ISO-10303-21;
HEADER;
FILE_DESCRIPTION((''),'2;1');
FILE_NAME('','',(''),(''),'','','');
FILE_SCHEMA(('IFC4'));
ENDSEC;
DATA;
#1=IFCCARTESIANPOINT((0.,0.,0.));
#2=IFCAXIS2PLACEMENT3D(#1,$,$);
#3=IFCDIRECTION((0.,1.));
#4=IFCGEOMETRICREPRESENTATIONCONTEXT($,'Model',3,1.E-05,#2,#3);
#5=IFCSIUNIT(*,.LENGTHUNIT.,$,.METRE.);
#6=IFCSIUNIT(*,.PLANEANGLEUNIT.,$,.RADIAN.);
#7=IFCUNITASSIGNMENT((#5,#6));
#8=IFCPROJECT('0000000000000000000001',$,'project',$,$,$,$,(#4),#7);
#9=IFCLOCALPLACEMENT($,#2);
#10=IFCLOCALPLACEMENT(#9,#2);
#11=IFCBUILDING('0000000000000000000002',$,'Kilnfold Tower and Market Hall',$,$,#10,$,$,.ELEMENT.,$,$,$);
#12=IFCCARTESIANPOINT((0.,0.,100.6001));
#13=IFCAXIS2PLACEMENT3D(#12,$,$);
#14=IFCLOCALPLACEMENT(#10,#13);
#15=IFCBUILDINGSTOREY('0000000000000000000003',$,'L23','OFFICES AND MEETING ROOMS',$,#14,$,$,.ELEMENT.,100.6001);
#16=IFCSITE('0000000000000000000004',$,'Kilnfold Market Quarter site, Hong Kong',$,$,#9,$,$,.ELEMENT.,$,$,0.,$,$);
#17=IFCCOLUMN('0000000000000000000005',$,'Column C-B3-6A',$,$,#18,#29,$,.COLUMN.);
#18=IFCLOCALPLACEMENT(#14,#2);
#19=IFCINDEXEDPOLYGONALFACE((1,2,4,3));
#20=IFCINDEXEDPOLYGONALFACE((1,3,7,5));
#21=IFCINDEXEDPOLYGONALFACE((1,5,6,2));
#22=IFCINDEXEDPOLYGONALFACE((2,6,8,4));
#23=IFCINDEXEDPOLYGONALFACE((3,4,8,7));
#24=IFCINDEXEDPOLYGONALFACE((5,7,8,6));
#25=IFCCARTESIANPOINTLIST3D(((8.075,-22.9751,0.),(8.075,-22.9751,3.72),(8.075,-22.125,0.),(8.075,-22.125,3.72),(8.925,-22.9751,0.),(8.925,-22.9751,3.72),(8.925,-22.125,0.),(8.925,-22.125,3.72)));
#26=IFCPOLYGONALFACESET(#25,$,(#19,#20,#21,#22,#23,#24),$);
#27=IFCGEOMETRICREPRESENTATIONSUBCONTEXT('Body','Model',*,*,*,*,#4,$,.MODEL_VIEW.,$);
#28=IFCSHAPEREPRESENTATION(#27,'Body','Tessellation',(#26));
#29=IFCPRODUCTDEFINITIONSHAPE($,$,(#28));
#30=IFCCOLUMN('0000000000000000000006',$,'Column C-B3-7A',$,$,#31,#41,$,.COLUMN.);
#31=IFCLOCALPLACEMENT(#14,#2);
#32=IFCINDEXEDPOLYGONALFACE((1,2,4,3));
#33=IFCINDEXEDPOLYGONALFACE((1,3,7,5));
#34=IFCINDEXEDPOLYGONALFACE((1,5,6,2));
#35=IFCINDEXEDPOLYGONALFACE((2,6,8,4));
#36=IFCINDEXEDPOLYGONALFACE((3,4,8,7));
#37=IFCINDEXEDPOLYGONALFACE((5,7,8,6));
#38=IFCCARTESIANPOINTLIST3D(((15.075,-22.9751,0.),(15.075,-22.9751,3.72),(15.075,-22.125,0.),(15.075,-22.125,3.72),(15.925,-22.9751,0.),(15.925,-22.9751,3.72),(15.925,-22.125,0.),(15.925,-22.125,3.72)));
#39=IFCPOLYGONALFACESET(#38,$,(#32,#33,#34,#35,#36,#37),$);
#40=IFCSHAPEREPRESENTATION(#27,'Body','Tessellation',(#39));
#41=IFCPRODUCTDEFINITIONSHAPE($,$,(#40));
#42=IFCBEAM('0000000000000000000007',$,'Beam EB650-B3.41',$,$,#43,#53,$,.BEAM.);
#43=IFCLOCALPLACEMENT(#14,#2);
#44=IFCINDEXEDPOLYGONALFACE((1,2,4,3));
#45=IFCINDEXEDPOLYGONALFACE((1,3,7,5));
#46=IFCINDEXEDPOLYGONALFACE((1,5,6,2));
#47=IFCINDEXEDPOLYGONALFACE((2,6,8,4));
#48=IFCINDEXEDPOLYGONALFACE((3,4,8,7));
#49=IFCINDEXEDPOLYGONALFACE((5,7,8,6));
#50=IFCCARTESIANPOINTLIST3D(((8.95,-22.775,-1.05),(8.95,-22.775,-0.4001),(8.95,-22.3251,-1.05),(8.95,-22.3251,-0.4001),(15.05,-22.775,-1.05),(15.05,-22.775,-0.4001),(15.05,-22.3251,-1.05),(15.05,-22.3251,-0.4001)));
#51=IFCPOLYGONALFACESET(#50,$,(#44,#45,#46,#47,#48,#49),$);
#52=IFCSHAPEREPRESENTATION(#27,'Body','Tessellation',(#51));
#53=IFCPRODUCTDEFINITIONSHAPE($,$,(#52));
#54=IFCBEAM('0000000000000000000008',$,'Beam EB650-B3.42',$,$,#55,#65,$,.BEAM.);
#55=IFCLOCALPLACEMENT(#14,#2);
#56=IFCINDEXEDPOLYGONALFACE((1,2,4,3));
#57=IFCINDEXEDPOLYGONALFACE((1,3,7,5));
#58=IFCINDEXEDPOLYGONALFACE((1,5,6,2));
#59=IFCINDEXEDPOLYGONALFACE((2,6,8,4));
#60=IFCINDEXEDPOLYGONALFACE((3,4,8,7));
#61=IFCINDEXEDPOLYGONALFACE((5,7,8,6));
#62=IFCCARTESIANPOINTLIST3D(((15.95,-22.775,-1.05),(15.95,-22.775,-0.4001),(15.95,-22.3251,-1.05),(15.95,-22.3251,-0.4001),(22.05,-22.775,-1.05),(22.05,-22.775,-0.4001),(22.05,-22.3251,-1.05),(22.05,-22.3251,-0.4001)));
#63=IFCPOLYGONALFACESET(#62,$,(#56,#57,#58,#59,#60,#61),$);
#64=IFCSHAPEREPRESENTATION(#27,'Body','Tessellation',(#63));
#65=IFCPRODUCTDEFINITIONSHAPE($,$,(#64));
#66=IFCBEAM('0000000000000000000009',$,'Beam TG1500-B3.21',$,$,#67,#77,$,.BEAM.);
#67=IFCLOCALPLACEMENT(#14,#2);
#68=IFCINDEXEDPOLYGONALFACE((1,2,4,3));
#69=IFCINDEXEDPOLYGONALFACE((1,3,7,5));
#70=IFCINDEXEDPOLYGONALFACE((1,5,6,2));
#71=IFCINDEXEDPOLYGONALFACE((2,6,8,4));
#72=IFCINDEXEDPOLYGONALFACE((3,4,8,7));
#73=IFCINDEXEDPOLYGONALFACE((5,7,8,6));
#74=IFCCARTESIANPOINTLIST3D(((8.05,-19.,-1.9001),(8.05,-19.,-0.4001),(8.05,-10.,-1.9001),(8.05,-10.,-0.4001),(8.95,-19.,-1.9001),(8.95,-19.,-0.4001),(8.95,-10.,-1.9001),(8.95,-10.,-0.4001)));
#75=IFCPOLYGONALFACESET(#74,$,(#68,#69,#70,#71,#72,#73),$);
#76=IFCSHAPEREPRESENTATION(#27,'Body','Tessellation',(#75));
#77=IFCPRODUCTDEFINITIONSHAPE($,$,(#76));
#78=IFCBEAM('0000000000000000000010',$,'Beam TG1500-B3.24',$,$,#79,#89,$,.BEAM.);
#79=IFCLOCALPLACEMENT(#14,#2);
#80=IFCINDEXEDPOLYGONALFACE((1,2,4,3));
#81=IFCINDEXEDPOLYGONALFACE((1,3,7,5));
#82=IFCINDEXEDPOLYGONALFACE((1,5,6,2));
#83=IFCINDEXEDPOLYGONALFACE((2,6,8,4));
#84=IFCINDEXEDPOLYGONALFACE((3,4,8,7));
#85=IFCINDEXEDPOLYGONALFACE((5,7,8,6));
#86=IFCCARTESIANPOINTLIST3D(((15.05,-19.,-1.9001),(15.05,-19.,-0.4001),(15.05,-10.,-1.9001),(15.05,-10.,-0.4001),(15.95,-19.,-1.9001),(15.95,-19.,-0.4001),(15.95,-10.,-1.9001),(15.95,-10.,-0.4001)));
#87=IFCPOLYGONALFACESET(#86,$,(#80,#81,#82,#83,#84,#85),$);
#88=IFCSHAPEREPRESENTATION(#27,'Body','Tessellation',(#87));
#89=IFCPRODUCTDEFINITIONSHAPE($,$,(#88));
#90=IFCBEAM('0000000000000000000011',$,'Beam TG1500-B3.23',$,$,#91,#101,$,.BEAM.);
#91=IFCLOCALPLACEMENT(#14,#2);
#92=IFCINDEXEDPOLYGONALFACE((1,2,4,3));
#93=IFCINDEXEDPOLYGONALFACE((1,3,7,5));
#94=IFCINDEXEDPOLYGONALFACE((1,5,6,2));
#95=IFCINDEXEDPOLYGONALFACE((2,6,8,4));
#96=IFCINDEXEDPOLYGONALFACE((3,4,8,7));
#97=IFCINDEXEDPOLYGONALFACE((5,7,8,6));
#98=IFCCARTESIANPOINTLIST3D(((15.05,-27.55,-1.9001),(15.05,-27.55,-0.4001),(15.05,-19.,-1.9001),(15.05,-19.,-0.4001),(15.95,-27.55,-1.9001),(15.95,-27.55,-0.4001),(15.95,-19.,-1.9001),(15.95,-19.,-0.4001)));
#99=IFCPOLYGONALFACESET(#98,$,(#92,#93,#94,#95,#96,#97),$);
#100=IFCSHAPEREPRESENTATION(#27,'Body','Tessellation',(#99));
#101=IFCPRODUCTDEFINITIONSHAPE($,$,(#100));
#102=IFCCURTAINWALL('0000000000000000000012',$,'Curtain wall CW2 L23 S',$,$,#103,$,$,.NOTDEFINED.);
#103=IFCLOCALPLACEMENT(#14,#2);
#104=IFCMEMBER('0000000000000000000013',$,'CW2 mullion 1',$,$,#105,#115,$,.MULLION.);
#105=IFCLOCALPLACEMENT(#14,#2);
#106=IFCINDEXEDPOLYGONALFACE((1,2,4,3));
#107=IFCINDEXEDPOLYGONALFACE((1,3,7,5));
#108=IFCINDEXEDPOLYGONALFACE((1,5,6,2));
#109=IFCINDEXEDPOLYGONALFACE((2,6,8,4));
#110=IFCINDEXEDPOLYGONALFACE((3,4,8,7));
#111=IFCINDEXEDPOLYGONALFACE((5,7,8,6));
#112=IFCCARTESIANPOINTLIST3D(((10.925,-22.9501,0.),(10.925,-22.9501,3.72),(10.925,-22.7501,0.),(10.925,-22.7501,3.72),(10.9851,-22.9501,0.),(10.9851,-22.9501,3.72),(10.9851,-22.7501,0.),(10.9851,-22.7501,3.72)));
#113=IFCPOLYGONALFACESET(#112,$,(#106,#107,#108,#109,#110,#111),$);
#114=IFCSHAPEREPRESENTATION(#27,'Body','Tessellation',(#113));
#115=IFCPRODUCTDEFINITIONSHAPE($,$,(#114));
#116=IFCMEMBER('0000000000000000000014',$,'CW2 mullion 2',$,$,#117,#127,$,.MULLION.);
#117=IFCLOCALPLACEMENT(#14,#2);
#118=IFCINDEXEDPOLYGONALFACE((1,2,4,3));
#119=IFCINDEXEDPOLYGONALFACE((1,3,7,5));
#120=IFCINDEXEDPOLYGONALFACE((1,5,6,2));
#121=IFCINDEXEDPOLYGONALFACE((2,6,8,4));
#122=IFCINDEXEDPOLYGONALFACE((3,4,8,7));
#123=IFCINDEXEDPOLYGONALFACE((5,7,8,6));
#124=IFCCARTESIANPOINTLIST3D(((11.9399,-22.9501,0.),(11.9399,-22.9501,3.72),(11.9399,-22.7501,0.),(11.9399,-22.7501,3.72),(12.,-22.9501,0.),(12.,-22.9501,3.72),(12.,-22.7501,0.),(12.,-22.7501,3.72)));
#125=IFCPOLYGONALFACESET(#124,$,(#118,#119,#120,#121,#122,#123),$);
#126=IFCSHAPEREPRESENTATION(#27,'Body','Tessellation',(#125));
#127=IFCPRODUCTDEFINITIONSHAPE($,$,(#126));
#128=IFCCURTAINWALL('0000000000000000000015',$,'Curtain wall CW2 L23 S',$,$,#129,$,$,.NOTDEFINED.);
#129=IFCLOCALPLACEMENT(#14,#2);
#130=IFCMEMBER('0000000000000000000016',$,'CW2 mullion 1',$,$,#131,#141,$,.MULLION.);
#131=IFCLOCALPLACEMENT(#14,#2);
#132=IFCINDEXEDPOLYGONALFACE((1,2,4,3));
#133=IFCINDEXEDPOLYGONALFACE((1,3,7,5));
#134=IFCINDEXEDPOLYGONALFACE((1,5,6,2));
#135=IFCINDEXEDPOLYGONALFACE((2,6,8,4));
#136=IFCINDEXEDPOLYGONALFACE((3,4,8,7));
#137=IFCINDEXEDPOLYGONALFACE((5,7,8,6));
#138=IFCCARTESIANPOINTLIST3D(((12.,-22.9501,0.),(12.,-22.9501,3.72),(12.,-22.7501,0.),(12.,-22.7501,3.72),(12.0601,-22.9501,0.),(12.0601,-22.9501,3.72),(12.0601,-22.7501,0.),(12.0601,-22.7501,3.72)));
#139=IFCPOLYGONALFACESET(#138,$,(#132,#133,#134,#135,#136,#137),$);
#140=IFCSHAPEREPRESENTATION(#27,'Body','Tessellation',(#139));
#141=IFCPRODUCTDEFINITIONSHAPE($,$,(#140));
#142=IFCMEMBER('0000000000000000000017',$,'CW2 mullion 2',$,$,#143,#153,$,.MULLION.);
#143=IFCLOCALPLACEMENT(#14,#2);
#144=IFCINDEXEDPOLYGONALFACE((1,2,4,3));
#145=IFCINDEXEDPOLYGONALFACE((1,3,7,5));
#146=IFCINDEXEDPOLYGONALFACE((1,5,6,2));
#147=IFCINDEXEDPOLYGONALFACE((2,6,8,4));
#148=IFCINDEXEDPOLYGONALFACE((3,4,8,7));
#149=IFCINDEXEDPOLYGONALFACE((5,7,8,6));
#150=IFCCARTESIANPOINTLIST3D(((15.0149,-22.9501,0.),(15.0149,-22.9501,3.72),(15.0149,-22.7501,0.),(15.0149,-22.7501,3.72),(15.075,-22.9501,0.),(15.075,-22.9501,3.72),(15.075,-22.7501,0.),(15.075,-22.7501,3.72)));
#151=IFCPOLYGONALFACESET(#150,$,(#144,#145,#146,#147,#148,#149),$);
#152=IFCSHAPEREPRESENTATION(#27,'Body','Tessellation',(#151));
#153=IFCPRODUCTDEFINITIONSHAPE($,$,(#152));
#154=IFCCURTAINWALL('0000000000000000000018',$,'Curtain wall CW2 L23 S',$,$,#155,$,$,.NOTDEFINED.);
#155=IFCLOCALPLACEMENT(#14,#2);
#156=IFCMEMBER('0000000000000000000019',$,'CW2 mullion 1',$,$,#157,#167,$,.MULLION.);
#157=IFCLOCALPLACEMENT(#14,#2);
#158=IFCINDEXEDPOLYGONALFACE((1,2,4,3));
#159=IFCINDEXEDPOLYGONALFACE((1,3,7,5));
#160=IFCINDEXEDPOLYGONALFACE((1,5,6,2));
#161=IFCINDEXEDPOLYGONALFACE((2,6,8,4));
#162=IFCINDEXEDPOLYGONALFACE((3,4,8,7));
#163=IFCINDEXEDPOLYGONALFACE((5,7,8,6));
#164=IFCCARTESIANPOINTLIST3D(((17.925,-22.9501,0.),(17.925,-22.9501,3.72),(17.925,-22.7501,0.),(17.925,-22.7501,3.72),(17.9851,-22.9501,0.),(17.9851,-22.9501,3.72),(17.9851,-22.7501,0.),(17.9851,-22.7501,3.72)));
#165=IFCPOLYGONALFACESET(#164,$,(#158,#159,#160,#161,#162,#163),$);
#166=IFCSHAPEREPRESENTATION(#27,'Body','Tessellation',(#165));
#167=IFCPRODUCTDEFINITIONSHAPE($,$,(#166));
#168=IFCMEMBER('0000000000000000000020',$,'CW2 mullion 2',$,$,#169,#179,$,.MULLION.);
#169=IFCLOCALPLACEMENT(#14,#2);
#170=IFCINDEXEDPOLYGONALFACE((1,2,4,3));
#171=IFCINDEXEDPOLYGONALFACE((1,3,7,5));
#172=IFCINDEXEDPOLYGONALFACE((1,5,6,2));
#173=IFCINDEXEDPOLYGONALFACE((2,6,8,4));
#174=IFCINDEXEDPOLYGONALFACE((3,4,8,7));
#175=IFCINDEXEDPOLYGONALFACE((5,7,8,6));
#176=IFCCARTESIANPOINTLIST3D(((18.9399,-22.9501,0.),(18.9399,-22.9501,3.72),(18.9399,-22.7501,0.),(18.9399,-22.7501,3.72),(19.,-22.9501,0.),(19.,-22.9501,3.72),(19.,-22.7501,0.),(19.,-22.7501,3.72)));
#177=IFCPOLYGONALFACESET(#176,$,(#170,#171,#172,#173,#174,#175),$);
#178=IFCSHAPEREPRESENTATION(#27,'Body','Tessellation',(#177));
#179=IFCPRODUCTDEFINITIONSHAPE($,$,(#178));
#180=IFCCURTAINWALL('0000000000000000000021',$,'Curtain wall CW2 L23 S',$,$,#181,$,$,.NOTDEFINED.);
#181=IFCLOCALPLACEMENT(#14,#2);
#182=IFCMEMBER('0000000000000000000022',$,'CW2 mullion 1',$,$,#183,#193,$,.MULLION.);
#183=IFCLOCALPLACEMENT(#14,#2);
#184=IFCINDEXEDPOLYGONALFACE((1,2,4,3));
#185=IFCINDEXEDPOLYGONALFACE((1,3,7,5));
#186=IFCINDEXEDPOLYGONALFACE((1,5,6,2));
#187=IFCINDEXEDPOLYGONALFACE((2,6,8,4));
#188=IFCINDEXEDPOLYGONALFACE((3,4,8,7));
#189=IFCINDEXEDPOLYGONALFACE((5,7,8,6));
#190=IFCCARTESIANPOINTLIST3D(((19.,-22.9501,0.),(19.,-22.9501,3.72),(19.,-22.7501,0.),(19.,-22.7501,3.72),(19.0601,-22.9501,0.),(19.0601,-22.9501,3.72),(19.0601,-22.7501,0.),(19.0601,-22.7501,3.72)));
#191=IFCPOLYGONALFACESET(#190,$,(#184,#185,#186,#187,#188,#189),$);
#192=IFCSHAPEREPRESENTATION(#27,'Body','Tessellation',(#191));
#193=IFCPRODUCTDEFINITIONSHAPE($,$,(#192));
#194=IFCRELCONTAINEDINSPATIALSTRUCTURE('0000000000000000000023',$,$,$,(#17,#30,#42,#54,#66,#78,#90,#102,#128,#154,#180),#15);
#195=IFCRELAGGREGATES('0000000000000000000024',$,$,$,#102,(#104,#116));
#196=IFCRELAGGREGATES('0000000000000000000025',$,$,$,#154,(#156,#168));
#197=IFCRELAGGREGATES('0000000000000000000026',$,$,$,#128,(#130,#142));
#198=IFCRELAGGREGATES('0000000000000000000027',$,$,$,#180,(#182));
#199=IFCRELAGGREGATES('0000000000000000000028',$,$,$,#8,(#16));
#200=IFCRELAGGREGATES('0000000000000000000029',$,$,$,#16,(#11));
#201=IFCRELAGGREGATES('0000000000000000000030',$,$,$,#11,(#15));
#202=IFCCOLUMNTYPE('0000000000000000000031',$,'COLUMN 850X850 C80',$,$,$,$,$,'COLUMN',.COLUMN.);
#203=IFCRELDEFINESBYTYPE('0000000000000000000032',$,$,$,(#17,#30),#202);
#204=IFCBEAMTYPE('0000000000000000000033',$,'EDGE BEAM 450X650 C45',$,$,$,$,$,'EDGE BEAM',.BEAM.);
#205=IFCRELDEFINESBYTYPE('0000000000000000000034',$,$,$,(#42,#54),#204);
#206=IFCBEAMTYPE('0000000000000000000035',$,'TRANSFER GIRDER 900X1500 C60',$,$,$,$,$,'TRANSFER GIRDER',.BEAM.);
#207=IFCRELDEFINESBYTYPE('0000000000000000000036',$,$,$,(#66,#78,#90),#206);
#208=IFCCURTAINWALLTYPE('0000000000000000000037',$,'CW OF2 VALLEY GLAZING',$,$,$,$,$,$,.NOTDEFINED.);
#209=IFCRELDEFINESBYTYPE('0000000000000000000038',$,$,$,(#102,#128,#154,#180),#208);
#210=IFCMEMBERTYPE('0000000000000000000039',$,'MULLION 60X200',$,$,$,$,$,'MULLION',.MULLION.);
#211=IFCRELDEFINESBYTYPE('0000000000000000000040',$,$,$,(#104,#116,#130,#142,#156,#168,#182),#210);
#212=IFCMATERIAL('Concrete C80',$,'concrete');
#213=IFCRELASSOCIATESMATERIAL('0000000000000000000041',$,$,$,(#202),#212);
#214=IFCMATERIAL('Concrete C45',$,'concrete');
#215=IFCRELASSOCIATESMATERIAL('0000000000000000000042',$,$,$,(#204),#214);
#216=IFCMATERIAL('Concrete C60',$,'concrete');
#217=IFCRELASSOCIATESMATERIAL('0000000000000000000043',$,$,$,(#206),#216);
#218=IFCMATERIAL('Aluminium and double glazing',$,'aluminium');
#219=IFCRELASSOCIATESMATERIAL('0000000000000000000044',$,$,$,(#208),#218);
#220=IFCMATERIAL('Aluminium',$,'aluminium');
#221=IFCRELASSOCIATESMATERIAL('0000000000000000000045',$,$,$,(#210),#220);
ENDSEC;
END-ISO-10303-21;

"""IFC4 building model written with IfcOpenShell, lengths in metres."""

from ifc_helpers import new_model, si_unit, direction, frame, origin, origin_2d, place, context, subcontext, project, spatial, rectangle, extrude, source, transform, mapped, material, material_profile, profile_set, type_object, element, aggregate, save


model = new_model("IFC4")

# Units and contexts
model_context = context("Model", 3, precision=1e-05, world=origin(), true_north=direction((0.0, 1.0)))
body_context = subcontext(model_context, "Body", "Model", "MODEL_VIEW")
ifc_project = project(units=[si_unit("LENGTHUNIT", "METRE"), si_unit("PLANEANGLEUNIT", "RADIAN")], contexts=[model_context])

# Site, building, storey
site_placement = place(None, origin())
site = spatial("IfcSite", under=ifc_project, at=site_placement, Name="Kilnfold Market Quarter site, Hong Kong", CompositionType="ELEMENT", RefElevation=0.0)
building_placement = place(site_placement, origin())
building = spatial("IfcBuilding", under=site, at=building_placement, Name="Kilnfold Tower and Market Hall", CompositionType="ELEMENT")
storey_placement = place(building_placement, frame((0.0, 0.0, 100.6001)))
storey = spatial("IfcBuildingStorey", under=building, at=storey_placement, Name="L23", Description="OFFICES AND MEETING ROOMS", CompositionType="ELEMENT", Elevation=100.6001)

# Columns
ifc_material_1 = material(Name="Concrete C80", Category="concrete")
ifc_material_profile_1 = material_profile(ifc_material_1, rectangle(XDim=0.8501, YDim=0.8501, at=origin_2d()), Name="RC 850x850")
ifc_profile_set_1 = profile_set([ifc_material_profile_1], Name="Concrete C80")
column_type = type_object("IfcColumnType", Name="COLUMN 850X850 C80", ElementType="COLUMN", PredefinedType="COLUMN", material=ifc_profile_set_1)
shared_shape_1 = source(origin(), body_context, "Body", "SweptSolid", [
    extrude(rectangle(XDim=0.8501, YDim=0.8501, at=origin_2d()), origin(), (0.0, 0.0, 1.0), 3.72),
])
for number, where, z_axis, x_axis, name in (
    (1, (8.5, -22.55, 0.0), (0.0, 0.0, 1.0), (1.0, 0.0, 0.0), "Column C-B3-6A"),
    (2, (15.5, -22.55, 0.0), (0.0, 0.0, 1.0), (1.0, 0.0, 0.0), "Column C-B3-7A"),
):
    element("IfcColumn", number, at=place(storey_placement, frame(where, z_axis=z_axis, x_axis=x_axis)), inside=storey, type_object=column_type, Name=name, PredefinedType="COLUMN", context=body_context, shape_type="MappedRepresentation", body=[
        mapped(shared_shape_1, transform((0.0, 0.0, 0.0))),
    ])

# Beams
ifc_material_2 = material(Name="Concrete C45", Category="concrete")
ifc_material_profile_2 = material_profile(ifc_material_2, rectangle(XDim=0.45, YDim=0.6499, at=origin_2d()), Name="RC 450x650")
ifc_profile_set_2 = profile_set([ifc_material_profile_2], Name="Concrete C45")
beam_type_1 = type_object("IfcBeamType", Name="EDGE BEAM 450X650 C45", ElementType="EDGE BEAM", PredefinedType="BEAM", material=ifc_profile_set_2)
shared_shape_2 = source(origin(), body_context, "Body", "SweptSolid", [
    extrude(rectangle(XDim=0.45, YDim=0.6499, at=origin_2d()), origin(), (0.0, 0.0, 1.0), 6.1001),
])
for number, where, z_axis, x_axis, name in (
    (3, (8.95, -22.55, -0.7251), (1.0, 0.0, 0.0), (0.0, 1.0, 0.0), "Beam EB650-B3.41"),
    (4, (15.95, -22.55, -0.7251), (1.0, 0.0, 0.0), (0.0, 1.0, 0.0), "Beam EB650-B3.42"),
):
    element("IfcBeam", number, at=place(storey_placement, frame(where, z_axis=z_axis, x_axis=x_axis)), inside=storey, type_object=beam_type_1, Name=name, PredefinedType="BEAM", context=body_context, shape_type="MappedRepresentation", body=[
        mapped(shared_shape_2, transform((0.0, 0.0, 0.0))),
    ])
ifc_material_3 = material(Name="Concrete C60", Category="concrete")
ifc_material_profile_3 = material_profile(ifc_material_3, rectangle(XDim=0.8999, YDim=1.5, at=origin_2d()), Name="RC 900x1500")
ifc_profile_set_3 = profile_set([ifc_material_profile_3], Name="Concrete C60")
beam_type_2 = type_object("IfcBeamType", Name="TRANSFER GIRDER 900X1500 C60", ElementType="TRANSFER GIRDER", PredefinedType="BEAM", material=ifc_profile_set_3)
shared_shape_3 = source(origin(), body_context, "Body", "SweptSolid", [
    extrude(rectangle(XDim=0.8999, YDim=1.5, at=origin_2d()), origin(), (0.0, 0.0, 1.0), 9.0),
])
for number, where, z_axis, x_axis, name in (
    (5, (8.5, -19.0, -1.1501), (0.0, 1.0, 0.0), (-1.0, 0.0, 0.0), "Beam TG1500-B3.21"),
    (6, (15.5, -19.0, -1.1501), (0.0, 1.0, 0.0), (-1.0, 0.0, 0.0), "Beam TG1500-B3.24"),
):
    element("IfcBeam", number, at=place(storey_placement, frame(where, z_axis=z_axis, x_axis=x_axis)), inside=storey, type_object=beam_type_2, Name=name, PredefinedType="BEAM", context=body_context, shape_type="MappedRepresentation", body=[
        mapped(shared_shape_3, transform((0.0, 0.0, 0.0))),
    ])
shared_shape_4 = source(origin(), body_context, "Body", "SweptSolid", [
    extrude(rectangle(XDim=0.8999, YDim=1.5, at=origin_2d()), origin(), (0.0, 0.0, 1.0), 8.55),
])
beam_placement = place(storey_placement, frame((15.5, -27.55, -1.1501), z_axis=(0.0, 1.0, 0.0), x_axis=(-1.0, 0.0, 0.0)))
element("IfcBeam", 7, at=beam_placement, inside=storey, type_object=beam_type_2, Name="Beam TG1500-B3.23", PredefinedType="BEAM", context=body_context, shape_type="MappedRepresentation", body=[
    mapped(shared_shape_4, transform((0.0, 0.0, 0.0))),
])

# Curtain walls, members
ifc_material_4 = material(Name="Aluminium and double glazing", Category="aluminium")
curtain_wall_type = type_object("IfcCurtainWallType", Name="CW OF2 VALLEY GLAZING", PredefinedType="NOTDEFINED", material=ifc_material_4)
curtain_wall_1_placement = place(storey_placement, origin())
curtain_wall_1 = element("IfcCurtainWall", 8, at=curtain_wall_1_placement, inside=storey, type_object=curtain_wall_type, Name="Curtain wall CW2 L23 S", PredefinedType="NOTDEFINED")
ifc_material_5 = material(Name="Aluminium", Category="aluminium")
ifc_material_profile_4 = material_profile(ifc_material_5, rectangle(XDim=0.0601, YDim=0.2, at=origin_2d()), Name="MULLION 60x200")
ifc_profile_set_4 = profile_set([ifc_material_profile_4], Name="Aluminium")
member_type_1 = type_object("IfcMemberType", Name="MULLION 60X200", ElementType="MULLION", PredefinedType="MULLION", material=ifc_profile_set_4)
shared_shape_5 = source(origin(), body_context, "Body", "SweptSolid", [
    extrude(rectangle(XDim=0.0601, YDim=0.2, at=origin_2d()), origin(), (0.0, 0.0, 1.0), 3.72),
])
member_1_placement = place(storey_placement, frame((10.9551, -22.8501, 0.0), z_axis=(0.0, 0.0, 1.0), x_axis=(1.0, 0.0, 0.0)))
member_1 = element("IfcMember", 9, at=member_1_placement, type_object=member_type_1, Name="CW2 mullion 1", PredefinedType="MULLION", context=body_context, shape_type="MappedRepresentation", body=[
    mapped(shared_shape_5, transform((0.0, 0.0, 0.0))),
])
member_2_placement = place(storey_placement, frame((11.97, -22.8501, 0.0), z_axis=(0.0, 0.0, 1.0), x_axis=(1.0, 0.0, 0.0)))
member_2 = element("IfcMember", 10, at=member_2_placement, type_object=member_type_1, Name="CW2 mullion 2", PredefinedType="MULLION", context=body_context, shape_type="MappedRepresentation", body=[
    mapped(shared_shape_5, transform((0.0, 0.0, 0.0))),
])
curtain_wall_2_placement = place(storey_placement, origin())
curtain_wall_2 = element("IfcCurtainWall", 11, at=curtain_wall_2_placement, inside=storey, type_object=curtain_wall_type, Name="Curtain wall CW2 L23 S", PredefinedType="NOTDEFINED")
member_3_placement = place(storey_placement, frame((12.03, -22.8501, 0.0), z_axis=(0.0, 0.0, 1.0), x_axis=(1.0, 0.0, 0.0)))
member_3 = element("IfcMember", 12, at=member_3_placement, type_object=member_type_1, Name="CW2 mullion 1", PredefinedType="MULLION", context=body_context, shape_type="MappedRepresentation", body=[
    mapped(shared_shape_5, transform((0.0, 0.0, 0.0))),
])
member_4_placement = place(storey_placement, frame((15.0449, -22.8501, 0.0), z_axis=(0.0, 0.0, 1.0), x_axis=(1.0, 0.0, 0.0)))
member_4 = element("IfcMember", 13, at=member_4_placement, type_object=member_type_1, Name="CW2 mullion 2", PredefinedType="MULLION", context=body_context, shape_type="MappedRepresentation", body=[
    mapped(shared_shape_5, transform((0.0, 0.0, 0.0))),
])
curtain_wall_3_placement = place(storey_placement, origin())
curtain_wall_3 = element("IfcCurtainWall", 14, at=curtain_wall_3_placement, inside=storey, type_object=curtain_wall_type, Name="Curtain wall CW2 L23 S", PredefinedType="NOTDEFINED")
member_5_placement = place(storey_placement, frame((17.9551, -22.8501, 0.0), z_axis=(0.0, 0.0, 1.0), x_axis=(1.0, 0.0, 0.0)))
member_5 = element("IfcMember", 15, at=member_5_placement, type_object=member_type_1, Name="CW2 mullion 1", PredefinedType="MULLION", context=body_context, shape_type="MappedRepresentation", body=[
    mapped(shared_shape_5, transform((0.0, 0.0, 0.0))),
])
member_6_placement = place(storey_placement, frame((18.97, -22.8501, 0.0), z_axis=(0.0, 0.0, 1.0), x_axis=(1.0, 0.0, 0.0)))
member_6 = element("IfcMember", 16, at=member_6_placement, type_object=member_type_1, Name="CW2 mullion 2", PredefinedType="MULLION", context=body_context, shape_type="MappedRepresentation", body=[
    mapped(shared_shape_5, transform((0.0, 0.0, 0.0))),
])

# Curtain wall, member
curtain_wall_4_placement = place(storey_placement, origin())
curtain_wall_4 = element("IfcCurtainWall", 17, at=curtain_wall_4_placement, inside=storey, type_object=curtain_wall_type, Name="Curtain wall CW2 L23 S", PredefinedType="NOTDEFINED")
member_7_placement = place(storey_placement, frame((19.03, -22.8501, 0.0), z_axis=(0.0, 0.0, 1.0), x_axis=(1.0, 0.0, 0.0)))
member_7 = element("IfcMember", 18, at=member_7_placement, type_object=member_type_1, Name="CW2 mullion 1", PredefinedType="MULLION", context=body_context, shape_type="MappedRepresentation", body=[
    mapped(shared_shape_5, transform((0.0, 0.0, 0.0))),
])

aggregate(curtain_wall_1, [member_1, member_2])
aggregate(curtain_wall_3, [member_5, member_6])
aggregate(curtain_wall_2, [member_3, member_4])
aggregate(curtain_wall_4, [member_7])

save(model, "model.ifc")
